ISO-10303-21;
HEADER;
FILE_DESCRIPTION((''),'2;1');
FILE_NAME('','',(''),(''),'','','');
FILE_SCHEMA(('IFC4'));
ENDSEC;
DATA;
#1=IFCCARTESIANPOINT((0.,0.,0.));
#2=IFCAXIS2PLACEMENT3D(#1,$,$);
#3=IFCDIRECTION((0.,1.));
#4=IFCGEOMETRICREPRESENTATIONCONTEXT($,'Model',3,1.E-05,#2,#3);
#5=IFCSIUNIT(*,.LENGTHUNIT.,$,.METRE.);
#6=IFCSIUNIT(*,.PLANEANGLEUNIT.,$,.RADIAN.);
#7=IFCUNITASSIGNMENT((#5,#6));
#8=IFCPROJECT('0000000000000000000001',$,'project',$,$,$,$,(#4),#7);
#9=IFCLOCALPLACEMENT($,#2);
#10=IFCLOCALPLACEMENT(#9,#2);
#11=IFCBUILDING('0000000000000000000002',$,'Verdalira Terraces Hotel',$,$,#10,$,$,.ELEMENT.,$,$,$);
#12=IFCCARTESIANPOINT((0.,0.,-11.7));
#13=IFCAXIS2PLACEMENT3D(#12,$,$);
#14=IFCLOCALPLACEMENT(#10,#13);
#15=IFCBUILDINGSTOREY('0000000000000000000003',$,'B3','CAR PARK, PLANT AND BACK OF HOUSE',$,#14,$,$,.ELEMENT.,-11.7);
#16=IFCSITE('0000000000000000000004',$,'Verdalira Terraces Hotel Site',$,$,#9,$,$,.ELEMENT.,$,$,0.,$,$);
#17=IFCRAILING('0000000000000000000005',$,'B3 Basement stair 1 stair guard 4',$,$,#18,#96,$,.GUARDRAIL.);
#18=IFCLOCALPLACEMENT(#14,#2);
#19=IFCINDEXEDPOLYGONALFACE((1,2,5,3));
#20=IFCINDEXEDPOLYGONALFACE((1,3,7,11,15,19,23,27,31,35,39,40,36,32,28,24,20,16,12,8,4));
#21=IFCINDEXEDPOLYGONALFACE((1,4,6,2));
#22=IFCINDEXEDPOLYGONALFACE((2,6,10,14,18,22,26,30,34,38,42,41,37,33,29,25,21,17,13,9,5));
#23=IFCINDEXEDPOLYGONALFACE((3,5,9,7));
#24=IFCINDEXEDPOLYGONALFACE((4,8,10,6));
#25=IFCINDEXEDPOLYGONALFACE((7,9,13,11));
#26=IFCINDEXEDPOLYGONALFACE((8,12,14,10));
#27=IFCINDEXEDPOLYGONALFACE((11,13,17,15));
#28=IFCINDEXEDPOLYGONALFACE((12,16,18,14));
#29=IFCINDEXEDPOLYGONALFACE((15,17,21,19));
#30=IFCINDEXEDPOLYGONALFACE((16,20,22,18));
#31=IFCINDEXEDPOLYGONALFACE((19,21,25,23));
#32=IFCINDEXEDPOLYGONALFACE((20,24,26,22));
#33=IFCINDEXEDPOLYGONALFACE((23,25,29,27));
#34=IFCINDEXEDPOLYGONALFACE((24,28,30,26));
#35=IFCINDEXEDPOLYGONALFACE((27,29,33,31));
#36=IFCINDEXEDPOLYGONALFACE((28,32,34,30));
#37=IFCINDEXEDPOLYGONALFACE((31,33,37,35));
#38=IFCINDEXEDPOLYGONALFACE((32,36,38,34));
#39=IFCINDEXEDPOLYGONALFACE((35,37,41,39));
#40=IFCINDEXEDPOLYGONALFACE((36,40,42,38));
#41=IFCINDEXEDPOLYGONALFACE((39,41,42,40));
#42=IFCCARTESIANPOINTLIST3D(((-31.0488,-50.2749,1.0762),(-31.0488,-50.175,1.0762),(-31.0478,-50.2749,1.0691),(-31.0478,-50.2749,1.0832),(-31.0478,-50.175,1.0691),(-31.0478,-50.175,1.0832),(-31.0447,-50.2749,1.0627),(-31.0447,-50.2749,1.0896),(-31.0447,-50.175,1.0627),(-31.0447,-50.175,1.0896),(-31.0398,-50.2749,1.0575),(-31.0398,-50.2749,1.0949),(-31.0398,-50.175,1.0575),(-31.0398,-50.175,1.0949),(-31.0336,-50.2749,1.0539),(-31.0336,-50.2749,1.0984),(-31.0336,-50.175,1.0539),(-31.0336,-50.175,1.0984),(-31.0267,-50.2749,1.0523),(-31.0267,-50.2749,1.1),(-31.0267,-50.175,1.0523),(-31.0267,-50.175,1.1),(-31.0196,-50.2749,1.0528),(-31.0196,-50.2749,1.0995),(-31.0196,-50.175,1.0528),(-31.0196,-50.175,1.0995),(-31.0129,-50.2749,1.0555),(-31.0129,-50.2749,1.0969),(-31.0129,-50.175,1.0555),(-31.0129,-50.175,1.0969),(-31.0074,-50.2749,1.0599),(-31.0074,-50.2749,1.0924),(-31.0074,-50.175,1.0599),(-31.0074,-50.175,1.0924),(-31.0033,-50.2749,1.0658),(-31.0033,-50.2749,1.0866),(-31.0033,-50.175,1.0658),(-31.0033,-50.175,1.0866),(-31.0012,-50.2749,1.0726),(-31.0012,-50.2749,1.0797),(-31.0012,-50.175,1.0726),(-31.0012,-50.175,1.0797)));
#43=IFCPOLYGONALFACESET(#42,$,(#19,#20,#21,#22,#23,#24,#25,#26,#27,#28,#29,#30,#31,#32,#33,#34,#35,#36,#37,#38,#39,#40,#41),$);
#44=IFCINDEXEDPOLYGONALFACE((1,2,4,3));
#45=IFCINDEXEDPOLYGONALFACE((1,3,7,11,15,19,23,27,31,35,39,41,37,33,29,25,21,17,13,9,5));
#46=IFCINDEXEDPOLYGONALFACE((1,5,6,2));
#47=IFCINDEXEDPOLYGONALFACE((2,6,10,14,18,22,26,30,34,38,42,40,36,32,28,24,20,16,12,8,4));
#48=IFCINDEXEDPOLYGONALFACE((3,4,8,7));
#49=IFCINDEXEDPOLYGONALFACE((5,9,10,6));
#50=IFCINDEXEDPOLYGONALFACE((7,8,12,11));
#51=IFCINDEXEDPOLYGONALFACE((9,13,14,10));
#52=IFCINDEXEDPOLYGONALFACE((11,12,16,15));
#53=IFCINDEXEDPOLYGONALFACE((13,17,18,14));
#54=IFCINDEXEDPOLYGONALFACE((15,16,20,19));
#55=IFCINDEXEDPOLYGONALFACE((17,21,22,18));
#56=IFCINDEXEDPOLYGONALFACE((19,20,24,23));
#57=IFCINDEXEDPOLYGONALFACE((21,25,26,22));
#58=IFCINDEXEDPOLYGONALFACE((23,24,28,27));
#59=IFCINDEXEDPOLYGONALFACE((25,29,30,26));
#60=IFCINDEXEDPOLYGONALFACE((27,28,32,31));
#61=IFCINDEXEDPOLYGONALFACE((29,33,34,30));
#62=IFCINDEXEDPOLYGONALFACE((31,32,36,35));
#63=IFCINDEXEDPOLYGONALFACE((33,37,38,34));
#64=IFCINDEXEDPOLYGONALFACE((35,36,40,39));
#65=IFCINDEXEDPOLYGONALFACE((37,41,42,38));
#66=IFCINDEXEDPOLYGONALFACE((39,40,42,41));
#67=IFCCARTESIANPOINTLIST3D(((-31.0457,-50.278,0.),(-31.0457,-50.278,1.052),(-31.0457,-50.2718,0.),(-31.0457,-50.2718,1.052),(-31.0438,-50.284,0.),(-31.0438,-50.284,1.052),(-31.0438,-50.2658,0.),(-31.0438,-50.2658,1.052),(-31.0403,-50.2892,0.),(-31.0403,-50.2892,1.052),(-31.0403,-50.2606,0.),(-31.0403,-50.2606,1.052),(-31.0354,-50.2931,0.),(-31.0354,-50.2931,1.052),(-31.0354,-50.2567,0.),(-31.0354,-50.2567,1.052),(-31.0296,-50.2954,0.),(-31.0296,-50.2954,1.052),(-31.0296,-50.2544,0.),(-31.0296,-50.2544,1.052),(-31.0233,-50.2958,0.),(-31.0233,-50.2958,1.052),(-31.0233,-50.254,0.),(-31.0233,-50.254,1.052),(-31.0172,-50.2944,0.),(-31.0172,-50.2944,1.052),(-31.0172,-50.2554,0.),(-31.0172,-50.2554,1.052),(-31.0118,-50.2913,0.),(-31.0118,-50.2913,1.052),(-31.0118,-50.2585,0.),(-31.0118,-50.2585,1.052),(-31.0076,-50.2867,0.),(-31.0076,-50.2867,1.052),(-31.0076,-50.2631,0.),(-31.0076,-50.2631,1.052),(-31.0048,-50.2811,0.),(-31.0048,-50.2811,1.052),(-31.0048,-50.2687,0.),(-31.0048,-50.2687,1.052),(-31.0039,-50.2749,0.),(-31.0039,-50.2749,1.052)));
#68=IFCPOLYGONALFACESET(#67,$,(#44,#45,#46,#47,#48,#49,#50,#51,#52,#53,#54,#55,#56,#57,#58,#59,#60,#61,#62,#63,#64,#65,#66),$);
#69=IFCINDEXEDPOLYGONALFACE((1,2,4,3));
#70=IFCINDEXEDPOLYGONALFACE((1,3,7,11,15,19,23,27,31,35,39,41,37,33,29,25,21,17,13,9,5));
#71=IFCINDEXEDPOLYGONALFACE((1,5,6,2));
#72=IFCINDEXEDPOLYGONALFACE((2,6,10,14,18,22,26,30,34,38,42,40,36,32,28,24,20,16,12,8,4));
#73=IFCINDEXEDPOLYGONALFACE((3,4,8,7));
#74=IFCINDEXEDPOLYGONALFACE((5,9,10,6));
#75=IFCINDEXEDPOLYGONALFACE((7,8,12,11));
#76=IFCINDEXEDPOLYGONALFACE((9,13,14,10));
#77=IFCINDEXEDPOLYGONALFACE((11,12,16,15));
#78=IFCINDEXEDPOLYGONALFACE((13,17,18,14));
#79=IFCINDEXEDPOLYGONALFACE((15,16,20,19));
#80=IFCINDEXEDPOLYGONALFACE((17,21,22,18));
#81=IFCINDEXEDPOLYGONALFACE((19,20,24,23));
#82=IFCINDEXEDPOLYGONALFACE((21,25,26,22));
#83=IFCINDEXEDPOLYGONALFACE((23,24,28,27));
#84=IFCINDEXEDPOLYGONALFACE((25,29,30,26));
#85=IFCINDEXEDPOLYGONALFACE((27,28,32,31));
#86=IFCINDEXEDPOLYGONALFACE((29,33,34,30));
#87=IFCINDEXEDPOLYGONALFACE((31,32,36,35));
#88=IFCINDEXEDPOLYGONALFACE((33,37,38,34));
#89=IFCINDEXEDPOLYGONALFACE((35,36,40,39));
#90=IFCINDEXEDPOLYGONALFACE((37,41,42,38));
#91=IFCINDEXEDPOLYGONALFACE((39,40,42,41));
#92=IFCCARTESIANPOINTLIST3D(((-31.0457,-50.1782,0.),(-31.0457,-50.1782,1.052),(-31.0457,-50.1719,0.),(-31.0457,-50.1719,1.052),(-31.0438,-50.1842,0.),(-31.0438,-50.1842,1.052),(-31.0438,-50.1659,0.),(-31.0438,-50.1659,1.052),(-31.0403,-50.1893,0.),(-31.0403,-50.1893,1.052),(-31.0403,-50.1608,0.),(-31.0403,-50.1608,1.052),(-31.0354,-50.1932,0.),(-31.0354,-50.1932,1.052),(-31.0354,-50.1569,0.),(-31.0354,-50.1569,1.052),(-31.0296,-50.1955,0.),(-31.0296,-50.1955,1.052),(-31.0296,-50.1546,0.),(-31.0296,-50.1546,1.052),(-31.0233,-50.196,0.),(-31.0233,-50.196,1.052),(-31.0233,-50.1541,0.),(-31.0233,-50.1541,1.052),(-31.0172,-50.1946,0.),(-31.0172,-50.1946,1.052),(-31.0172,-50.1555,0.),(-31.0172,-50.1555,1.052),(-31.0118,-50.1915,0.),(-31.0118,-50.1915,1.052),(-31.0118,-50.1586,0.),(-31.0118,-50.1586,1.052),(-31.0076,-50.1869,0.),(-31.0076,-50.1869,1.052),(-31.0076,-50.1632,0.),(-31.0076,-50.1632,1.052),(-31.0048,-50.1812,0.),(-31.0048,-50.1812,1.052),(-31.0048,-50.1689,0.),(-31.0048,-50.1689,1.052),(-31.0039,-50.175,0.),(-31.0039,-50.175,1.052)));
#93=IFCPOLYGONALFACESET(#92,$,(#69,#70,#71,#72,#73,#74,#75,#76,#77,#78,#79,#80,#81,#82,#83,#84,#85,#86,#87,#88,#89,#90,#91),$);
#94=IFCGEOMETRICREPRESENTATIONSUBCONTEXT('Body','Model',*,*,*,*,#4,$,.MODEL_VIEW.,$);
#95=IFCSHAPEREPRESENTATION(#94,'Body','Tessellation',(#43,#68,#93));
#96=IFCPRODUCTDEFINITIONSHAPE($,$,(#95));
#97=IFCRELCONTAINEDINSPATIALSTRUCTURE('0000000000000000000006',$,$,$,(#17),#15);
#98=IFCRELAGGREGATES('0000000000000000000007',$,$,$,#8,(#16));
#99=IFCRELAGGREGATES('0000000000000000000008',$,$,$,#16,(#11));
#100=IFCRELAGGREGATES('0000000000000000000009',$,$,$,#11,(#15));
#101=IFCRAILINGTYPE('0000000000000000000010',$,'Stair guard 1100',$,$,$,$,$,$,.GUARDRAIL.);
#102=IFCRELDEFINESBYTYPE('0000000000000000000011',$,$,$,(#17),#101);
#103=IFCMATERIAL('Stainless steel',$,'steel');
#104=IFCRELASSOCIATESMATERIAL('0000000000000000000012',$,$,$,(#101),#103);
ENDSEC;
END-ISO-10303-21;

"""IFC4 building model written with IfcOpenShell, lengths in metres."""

from ifc_helpers import new_model, si_unit, direction, frame, origin, origin_2d, place, context, subcontext, project, spatial, circle, extrude, material, type_object, element, save


model = new_model("IFC4")

# Units and contexts
model_context = context("Model", 3, precision=1e-05, world=origin(), true_north=direction((0.0, 1.0)))
body_context = subcontext(model_context, "Body", "Model", "MODEL_VIEW")
ifc_project = project(units=[si_unit("LENGTHUNIT", "METRE"), si_unit("PLANEANGLEUNIT", "RADIAN")], contexts=[model_context])

# Site, building, storey
site_placement = place(None, origin())
site = spatial("IfcSite", under=ifc_project, at=site_placement, Name="Verdalira Terraces Hotel Site", CompositionType="ELEMENT", RefElevation=0.0)
building_placement = place(site_placement, origin())
building = spatial("IfcBuilding", under=site, at=building_placement, Name="Verdalira Terraces Hotel", CompositionType="ELEMENT")
storey_placement = place(building_placement, frame((0.0, 0.0, -11.7)))
storey = spatial("IfcBuildingStorey", under=building, at=storey_placement, Name="B3", Description="CAR PARK, PLANT AND BACK OF HOUSE", CompositionType="ELEMENT", Elevation=-11.7)

# Railing
ifc_material_1 = material(Name="Stainless steel", Category="steel")
railing_type_1 = type_object("IfcRailingType", Name="Stair guard 1100", PredefinedType="GUARDRAIL", material=ifc_material_1)
railing_1_placement = place(storey_placement, frame((-31.0249, -50.2749, 0.0)))
element("IfcRailing", 1, at=railing_1_placement, inside=storey, type_object=railing_type_1, Name="B3 Basement stair 1 stair guard 4", PredefinedType="GUARDRAIL", context=body_context, shape_type="SweptSolid", body=[
    extrude(circle(Radius=0.0239, at=origin_2d()), frame((0.0, 0.0, 1.0762), z_axis=(0.0, 1.0, 0.0), x_axis=(-1.0, 0.0, 0.0)), (0.0, 0.0, 1.0), 0.0999),
    extrude(circle(Radius=0.021, at=origin_2d()), origin(), (0.0, 0.0, 1.0), 1.052),
    extrude(circle(Radius=0.021, at=origin_2d()), frame((0.0, 0.0999, 0.0)), (0.0, 0.0, 1.0), 1.052),
])

save(model, "model.ifc")
